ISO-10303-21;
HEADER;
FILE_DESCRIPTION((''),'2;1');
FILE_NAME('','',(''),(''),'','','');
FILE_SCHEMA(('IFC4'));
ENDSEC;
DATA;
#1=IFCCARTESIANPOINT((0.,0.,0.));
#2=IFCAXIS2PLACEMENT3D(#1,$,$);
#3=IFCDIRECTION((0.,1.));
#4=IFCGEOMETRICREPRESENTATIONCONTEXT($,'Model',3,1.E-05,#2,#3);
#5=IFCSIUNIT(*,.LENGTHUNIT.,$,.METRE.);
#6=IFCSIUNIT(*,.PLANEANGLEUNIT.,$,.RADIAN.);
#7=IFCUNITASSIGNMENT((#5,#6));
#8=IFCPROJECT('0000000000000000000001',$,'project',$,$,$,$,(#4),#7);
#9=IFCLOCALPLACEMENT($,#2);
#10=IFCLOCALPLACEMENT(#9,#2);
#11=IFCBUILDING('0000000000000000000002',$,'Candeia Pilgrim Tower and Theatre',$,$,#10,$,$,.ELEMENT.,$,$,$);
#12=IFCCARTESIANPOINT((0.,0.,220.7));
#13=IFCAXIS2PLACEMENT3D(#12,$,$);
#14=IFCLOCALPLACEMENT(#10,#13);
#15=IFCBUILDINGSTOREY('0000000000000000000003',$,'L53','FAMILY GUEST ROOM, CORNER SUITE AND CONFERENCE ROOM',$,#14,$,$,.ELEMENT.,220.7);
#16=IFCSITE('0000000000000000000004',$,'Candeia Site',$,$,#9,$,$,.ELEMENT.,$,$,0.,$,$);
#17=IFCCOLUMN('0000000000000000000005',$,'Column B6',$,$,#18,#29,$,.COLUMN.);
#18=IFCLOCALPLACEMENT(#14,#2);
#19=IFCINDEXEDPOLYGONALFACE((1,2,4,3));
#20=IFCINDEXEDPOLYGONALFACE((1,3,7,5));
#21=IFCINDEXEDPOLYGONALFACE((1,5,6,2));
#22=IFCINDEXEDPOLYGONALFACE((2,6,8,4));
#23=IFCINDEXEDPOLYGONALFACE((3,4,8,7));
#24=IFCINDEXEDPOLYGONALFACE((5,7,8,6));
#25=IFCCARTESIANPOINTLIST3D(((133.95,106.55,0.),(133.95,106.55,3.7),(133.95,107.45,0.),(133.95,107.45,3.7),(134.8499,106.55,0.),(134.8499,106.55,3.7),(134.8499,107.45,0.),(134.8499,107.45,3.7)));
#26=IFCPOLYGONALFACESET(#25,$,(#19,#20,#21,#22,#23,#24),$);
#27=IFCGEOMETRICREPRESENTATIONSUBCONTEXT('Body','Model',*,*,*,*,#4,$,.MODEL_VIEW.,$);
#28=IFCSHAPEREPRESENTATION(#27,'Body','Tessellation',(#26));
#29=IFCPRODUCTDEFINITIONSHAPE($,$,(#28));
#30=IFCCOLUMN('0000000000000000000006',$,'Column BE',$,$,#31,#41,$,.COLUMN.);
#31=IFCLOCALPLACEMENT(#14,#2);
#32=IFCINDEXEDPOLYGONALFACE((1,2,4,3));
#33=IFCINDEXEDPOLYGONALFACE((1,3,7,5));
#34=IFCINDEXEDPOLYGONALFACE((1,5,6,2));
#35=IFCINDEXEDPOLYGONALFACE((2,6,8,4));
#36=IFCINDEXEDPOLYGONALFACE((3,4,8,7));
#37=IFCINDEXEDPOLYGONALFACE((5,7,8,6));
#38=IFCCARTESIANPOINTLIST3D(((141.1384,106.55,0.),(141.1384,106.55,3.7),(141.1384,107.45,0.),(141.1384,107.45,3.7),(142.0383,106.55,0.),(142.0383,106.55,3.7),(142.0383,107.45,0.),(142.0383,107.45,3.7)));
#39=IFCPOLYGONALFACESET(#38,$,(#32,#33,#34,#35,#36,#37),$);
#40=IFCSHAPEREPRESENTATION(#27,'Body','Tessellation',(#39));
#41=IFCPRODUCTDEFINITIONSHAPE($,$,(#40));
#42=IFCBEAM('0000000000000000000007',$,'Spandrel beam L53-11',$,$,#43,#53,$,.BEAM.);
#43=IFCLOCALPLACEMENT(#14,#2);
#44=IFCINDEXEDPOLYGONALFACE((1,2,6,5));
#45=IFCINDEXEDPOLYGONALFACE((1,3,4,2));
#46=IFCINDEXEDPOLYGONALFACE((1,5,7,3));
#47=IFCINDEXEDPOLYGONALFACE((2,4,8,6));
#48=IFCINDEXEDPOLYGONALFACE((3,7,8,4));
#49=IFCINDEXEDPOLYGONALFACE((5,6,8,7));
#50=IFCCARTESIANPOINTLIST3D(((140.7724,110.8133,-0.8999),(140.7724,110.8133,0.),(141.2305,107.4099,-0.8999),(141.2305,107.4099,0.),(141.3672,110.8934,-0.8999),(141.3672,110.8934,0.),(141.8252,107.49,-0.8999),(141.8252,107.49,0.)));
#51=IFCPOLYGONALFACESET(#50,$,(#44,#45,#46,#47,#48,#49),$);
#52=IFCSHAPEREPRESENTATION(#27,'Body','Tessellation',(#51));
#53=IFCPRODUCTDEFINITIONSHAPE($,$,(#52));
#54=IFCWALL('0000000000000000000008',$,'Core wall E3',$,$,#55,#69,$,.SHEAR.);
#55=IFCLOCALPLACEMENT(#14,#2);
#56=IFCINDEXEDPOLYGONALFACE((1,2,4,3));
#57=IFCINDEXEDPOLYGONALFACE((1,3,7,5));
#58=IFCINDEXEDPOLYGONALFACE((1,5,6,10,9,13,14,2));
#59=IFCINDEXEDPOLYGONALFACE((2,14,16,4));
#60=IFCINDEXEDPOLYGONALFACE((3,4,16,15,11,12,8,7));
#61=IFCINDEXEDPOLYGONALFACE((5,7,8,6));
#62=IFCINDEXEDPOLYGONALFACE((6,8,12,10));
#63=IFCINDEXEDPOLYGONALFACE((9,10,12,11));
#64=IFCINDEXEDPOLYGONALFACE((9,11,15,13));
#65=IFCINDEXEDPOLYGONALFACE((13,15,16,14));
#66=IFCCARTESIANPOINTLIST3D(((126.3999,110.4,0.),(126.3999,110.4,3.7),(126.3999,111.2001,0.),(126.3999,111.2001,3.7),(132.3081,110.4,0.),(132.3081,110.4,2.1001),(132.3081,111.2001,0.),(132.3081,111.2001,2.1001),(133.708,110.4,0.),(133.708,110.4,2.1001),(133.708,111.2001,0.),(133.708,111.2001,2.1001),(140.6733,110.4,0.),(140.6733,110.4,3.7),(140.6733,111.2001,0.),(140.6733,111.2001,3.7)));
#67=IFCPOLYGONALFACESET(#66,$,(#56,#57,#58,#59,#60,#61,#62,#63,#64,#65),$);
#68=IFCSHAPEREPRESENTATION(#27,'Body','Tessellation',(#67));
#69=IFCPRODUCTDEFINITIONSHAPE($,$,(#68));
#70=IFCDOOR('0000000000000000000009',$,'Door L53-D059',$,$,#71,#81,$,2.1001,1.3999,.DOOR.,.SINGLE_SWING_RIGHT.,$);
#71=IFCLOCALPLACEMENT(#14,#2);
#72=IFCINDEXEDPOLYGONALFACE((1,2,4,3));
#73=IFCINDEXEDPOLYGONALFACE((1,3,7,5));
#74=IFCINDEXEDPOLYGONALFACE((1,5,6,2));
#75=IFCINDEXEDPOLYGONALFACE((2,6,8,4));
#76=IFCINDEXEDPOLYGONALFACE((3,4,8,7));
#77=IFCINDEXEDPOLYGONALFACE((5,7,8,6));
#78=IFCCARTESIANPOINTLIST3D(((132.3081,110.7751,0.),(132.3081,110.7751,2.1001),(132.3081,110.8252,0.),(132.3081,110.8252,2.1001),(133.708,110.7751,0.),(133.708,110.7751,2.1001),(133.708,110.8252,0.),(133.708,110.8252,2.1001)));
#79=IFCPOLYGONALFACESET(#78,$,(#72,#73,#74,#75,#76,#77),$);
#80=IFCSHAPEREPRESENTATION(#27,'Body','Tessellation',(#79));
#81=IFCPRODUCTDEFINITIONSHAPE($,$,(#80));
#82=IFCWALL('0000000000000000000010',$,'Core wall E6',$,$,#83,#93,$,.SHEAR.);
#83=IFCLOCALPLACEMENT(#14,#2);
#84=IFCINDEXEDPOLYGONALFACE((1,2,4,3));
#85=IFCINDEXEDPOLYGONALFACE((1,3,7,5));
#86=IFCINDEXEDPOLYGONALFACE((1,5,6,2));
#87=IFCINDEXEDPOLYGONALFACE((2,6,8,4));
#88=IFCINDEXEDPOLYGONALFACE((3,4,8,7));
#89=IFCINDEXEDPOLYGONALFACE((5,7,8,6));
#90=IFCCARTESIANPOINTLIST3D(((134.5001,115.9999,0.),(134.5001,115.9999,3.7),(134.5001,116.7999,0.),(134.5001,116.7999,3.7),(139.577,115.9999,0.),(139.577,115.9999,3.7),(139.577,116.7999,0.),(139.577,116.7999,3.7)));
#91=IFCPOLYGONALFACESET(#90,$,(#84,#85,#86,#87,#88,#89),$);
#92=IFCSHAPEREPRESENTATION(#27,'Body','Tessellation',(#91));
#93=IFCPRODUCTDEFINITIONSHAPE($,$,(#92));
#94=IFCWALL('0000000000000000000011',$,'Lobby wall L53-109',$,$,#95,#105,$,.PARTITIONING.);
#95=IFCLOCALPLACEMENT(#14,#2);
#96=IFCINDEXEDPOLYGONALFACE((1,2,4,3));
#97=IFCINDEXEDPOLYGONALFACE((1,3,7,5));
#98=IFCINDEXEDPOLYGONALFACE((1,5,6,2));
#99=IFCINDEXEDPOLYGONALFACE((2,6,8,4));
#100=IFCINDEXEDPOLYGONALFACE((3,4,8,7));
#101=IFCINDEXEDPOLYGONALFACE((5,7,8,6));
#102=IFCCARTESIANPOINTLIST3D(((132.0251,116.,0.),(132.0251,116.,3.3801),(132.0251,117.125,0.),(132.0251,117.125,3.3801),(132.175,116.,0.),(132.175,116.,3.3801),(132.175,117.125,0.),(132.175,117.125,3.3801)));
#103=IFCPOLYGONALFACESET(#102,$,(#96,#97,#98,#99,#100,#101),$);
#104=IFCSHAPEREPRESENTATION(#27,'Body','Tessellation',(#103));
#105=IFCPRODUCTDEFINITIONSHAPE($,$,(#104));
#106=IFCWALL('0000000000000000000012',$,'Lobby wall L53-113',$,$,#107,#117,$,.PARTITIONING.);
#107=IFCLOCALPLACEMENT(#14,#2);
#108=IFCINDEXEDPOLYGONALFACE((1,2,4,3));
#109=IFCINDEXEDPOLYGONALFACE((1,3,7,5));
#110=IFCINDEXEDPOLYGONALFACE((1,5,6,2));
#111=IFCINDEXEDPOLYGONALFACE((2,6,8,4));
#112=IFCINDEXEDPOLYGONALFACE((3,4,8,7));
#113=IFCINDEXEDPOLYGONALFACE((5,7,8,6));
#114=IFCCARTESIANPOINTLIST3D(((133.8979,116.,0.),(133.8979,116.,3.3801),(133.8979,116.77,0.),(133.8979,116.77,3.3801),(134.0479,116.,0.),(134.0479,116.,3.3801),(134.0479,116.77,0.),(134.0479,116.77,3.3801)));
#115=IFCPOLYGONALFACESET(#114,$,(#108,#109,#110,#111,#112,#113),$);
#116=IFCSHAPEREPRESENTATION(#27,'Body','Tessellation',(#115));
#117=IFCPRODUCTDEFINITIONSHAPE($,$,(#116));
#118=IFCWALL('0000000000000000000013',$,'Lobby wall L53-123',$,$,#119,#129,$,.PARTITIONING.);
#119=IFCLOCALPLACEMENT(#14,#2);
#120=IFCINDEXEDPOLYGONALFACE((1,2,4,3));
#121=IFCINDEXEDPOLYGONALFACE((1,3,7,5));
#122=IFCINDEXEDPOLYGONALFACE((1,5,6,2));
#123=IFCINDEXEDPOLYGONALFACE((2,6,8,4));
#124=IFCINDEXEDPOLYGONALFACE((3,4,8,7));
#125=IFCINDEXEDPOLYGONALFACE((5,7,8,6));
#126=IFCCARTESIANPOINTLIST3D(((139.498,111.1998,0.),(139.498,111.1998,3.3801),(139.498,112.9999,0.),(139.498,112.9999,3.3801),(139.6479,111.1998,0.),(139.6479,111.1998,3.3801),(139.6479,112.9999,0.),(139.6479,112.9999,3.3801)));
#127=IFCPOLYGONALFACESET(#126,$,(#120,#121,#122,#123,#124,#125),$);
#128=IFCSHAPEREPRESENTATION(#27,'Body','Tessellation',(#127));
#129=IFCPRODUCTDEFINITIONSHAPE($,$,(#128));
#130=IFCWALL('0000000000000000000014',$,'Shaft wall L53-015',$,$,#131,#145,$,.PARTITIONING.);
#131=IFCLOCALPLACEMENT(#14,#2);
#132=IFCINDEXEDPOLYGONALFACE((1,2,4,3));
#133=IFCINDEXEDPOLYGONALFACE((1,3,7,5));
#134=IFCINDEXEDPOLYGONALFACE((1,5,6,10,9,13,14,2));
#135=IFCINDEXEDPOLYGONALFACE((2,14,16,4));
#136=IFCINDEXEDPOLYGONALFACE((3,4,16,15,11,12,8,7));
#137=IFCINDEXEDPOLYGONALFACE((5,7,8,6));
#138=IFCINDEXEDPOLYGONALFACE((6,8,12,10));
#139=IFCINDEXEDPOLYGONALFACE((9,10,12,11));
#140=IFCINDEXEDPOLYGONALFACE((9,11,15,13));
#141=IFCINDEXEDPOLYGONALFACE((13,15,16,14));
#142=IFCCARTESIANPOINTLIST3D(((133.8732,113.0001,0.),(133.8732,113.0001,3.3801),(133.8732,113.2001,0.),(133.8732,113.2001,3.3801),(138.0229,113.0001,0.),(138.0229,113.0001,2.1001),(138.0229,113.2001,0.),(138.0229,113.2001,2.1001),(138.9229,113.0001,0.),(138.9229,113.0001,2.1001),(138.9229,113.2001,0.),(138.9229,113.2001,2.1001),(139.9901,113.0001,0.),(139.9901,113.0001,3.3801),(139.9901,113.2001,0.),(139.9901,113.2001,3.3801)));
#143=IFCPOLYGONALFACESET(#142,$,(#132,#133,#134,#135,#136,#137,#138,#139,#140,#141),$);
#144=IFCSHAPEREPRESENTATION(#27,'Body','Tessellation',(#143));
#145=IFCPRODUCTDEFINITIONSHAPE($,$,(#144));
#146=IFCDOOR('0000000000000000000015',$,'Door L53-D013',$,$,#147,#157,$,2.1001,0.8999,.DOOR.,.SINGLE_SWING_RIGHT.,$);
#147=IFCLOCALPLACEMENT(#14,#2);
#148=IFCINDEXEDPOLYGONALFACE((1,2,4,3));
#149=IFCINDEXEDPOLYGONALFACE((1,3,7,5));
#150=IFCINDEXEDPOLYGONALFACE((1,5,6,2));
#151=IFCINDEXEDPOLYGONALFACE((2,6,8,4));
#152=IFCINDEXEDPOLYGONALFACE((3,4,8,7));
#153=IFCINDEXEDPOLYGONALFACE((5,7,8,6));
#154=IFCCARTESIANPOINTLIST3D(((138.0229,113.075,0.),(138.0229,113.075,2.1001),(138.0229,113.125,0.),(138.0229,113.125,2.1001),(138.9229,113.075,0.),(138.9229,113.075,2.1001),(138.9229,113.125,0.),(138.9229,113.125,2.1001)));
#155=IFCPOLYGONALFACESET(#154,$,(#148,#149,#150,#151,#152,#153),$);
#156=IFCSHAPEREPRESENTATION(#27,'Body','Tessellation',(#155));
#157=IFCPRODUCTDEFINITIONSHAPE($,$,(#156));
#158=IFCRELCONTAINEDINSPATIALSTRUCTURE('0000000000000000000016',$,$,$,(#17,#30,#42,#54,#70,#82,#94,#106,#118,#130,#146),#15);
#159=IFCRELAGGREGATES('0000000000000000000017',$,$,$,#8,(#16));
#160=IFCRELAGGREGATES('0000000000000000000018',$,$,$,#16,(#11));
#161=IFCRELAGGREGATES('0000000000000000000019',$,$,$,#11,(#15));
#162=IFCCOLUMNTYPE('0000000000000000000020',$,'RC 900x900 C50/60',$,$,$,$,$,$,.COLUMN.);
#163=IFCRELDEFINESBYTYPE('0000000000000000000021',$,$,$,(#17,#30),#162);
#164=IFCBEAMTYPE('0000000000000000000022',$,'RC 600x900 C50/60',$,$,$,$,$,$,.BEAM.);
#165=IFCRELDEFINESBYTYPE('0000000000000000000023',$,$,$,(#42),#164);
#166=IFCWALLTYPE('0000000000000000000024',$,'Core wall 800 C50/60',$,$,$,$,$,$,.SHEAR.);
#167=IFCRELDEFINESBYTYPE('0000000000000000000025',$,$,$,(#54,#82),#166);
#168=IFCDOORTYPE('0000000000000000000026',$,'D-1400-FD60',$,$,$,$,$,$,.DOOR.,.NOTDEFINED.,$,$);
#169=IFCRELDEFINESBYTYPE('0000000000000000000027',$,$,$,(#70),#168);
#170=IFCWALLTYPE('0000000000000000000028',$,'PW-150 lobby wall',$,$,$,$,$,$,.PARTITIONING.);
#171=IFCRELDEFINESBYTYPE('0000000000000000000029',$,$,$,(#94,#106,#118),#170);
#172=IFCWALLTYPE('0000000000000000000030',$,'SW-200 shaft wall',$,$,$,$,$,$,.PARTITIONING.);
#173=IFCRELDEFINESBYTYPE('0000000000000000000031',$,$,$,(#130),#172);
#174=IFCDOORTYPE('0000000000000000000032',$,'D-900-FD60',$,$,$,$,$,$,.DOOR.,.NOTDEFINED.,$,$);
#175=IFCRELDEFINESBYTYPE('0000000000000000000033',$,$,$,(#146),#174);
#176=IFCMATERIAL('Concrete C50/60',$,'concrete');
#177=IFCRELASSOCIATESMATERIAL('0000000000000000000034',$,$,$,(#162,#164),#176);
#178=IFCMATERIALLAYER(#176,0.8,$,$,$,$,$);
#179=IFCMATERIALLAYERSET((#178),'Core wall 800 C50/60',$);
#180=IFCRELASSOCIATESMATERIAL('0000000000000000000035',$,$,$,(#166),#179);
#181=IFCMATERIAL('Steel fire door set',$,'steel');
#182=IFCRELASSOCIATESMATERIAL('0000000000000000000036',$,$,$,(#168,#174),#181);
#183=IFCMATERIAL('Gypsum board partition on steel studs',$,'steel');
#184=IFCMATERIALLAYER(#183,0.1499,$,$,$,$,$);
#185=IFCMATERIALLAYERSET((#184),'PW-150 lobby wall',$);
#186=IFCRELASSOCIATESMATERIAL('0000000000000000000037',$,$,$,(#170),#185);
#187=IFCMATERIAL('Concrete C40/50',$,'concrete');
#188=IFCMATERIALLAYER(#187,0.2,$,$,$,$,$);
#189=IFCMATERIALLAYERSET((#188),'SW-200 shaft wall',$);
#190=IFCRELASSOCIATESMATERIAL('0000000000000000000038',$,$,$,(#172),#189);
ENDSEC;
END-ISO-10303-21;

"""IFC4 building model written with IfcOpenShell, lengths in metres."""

from ifc_helpers import new_model, si_unit, direction, frame, frame_2d, origin, origin_2d, place, context, subcontext, project, spatial, rectangle, extrude, material, layer, layer_set, material_profile, profile_set, type_object, element, fill, save


model = new_model("IFC4")

# Units and contexts
model_context = context("Model", 3, precision=1e-05, world=origin(), true_north=direction((0.0, 1.0)))
body_context = subcontext(model_context, "Body", "Model", "MODEL_VIEW")
ifc_project = project(units=[si_unit("LENGTHUNIT", "METRE"), si_unit("PLANEANGLEUNIT", "RADIAN")], contexts=[model_context])

# Site, building, storey
site_placement = place(None, origin())
site = spatial("IfcSite", under=ifc_project, at=site_placement, Name="Candeia Site", CompositionType="ELEMENT", RefElevation=0.0)
building_placement = place(site_placement, origin())
building = spatial("IfcBuilding", under=site, at=building_placement, Name="Candeia Pilgrim Tower and Theatre", CompositionType="ELEMENT")
storey_placement = place(building_placement, frame((0.0, 0.0, 220.7)))
storey = spatial("IfcBuildingStorey", under=building, at=storey_placement, Name="L53", Description="FAMILY GUEST ROOM, CORNER SUITE AND CONFERENCE ROOM", CompositionType="ELEMENT", Elevation=220.7)

# Columns
ifc_material_1 = material(Name="Concrete C50/60", Category="concrete")
ifc_material_profile_1 = material_profile(ifc_material_1, rectangle(XDim=0.8999, YDim=0.8999, at=origin_2d()))
ifc_profile_set_1 = profile_set([ifc_material_profile_1], Name="Concrete C50/60")
column_type = type_object("IfcColumnType", Name="RC 900x900 C50/60", PredefinedType="COLUMN", material=ifc_profile_set_1)
for number, where, z_axis, x_axis, name in (
    (1, (134.3999, 107.0, 0.0), (0.0, 0.0, 1.0), (1.0, 0.0, 0.0), "Column B6"),
    (2, (141.5884, 107.0, 0.0), (0.0, 0.0, 1.0), (1.0, 0.0, 0.0), "Column BE"),
):
    element("IfcColumn", number, at=place(storey_placement, frame(where, z_axis=z_axis, x_axis=x_axis)), inside=storey, type_object=column_type, Name=name, PredefinedType="COLUMN", context=body_context, shape_type="SweptSolid", body=[
        extrude(rectangle(XDim=0.8999, YDim=0.8999, at=origin_2d()), origin(), (0.0, 0.0, 1.0), 3.7),
    ])

# Beam
ifc_material_profile_2 = material_profile(ifc_material_1, rectangle(XDim=0.6001, YDim=0.8999, at=origin_2d()))
ifc_profile_set_2 = profile_set([ifc_material_profile_2], Name="Concrete C50/60")
beam_type = type_object("IfcBeamType", Name="RC 600x900 C50/60", PredefinedType="BEAM", material=ifc_profile_set_2)
beam_placement = place(storey_placement, frame((141.5278, 107.45, -0.45), z_axis=(-0.133374, 0.991066, 0.0), x_axis=(-0.991066, -0.133374, 0.0)))
element("IfcBeam", 3, at=beam_placement, inside=storey, type_object=beam_type, Name="Spandrel beam L53-11", PredefinedType="BEAM", context=body_context, shape_type="SweptSolid", body=[
    extrude(rectangle(XDim=0.6001, YDim=0.8999, at=origin_2d()), origin(), (0.0, 0.0, 1.0), 3.4341),
])

# Wall, opening, door
ifc_layer_1 = layer(ifc_material_1, 0.8)
ifc_layer_set_1 = layer_set([ifc_layer_1], Name="Core wall 800 C50/60")
wall_type_1 = type_object("IfcWallType", Name="Core wall 800 C50/60", PredefinedType="SHEAR", material=ifc_layer_set_1)
wall_1_placement = place(storey_placement, frame((140.6733, 110.8, 0.0), z_axis=(0.0, 0.0, 1.0), x_axis=(-1.0, 0.0, 0.0)))
wall_1 = element("IfcWall", 4, at=wall_1_placement, inside=storey, type_object=wall_type_1, Name="Core wall E3", PredefinedType="SHEAR", context=body_context, shape_type="SweptSolid", body=[
    extrude(rectangle(XDim=14.2734, YDim=0.8, at=frame_2d((7.1367, 0.0))), origin(), (0.0, 0.0, 1.0), 3.7),
])
opening_1_placement = place(wall_1_placement, frame((6.9653, 0.0, 0.0)))
opening_1 = element("IfcOpeningElement", 5, at=opening_1_placement, cuts=wall_1, PredefinedType="OPENING", context=body_context, shape_type="SweptSolid", body=[
    extrude(rectangle(XDim=1.3999, YDim=2.1001, at=frame_2d((0.7, 1.05))), frame((0.0, 0.4102, 0.0), z_axis=(0.0, -1.0, 0.0), x_axis=(1.0, 0.0, 0.0)), (0.0, 0.0, 1.0), 0.8201),
])
ifc_material_2 = material(Name="Steel fire door set", Category="steel")
door_type_1 = type_object("IfcDoorType", Name="D-1400-FD60", OperationType="NOTDEFINED", PredefinedType="DOOR", material=ifc_material_2)
door_1_placement = place(opening_1_placement, origin())
door_1 = element("IfcDoor", 6, at=door_1_placement, inside=storey, type_object=door_type_1, Name="Door L53-D059", OperationType="SINGLE_SWING_RIGHT", OverallHeight=2.1001, OverallWidth=1.3999, PredefinedType="DOOR", context=body_context, shape_type="SweptSolid", body=[
    extrude(rectangle(XDim=1.3999, YDim=2.1001, at=frame_2d((0.7, 1.05))), frame((0.0, 0.0249, 0.0), z_axis=(0.0, -1.0, 0.0), x_axis=(1.0, 0.0, 0.0)), (0.0, 0.0, 1.0), 0.05),
])
fill(opening_1, door_1)

# Walls
wall_2_placement = place(storey_placement, frame((134.5, 116.3999, 0.0), z_axis=(0.0, 0.0, 1.0), x_axis=(1.0, 0.0, 0.0)))
element("IfcWall", 7, at=wall_2_placement, inside=storey, type_object=wall_type_1, Name="Core wall E6", PredefinedType="SHEAR", context=body_context, shape_type="SweptSolid", body=[
    extrude(rectangle(XDim=5.0769, YDim=0.8, at=frame_2d((2.5386, 0.0))), origin(), (0.0, 0.0, 1.0), 3.7),
])
ifc_material_3 = material(Name="Gypsum board partition on steel studs", Category="steel")
ifc_layer_2 = layer(ifc_material_3, 0.1499)
ifc_layer_set_2 = layer_set([ifc_layer_2], Name="PW-150 lobby wall")
wall_type_2 = type_object("IfcWallType", Name="PW-150 lobby wall", PredefinedType="PARTITIONING", material=ifc_layer_set_2)
wall_3_placement = place(storey_placement, frame((132.1001, 116.0, 0.0), z_axis=(0.0, 0.0, 1.0), x_axis=(0.0, 1.0, 0.0)))
element("IfcWall", 8, at=wall_3_placement, inside=storey, type_object=wall_type_2, Name="Lobby wall L53-109", PredefinedType="PARTITIONING", context=body_context, shape_type="SweptSolid", body=[
    extrude(rectangle(XDim=1.125, YDim=0.1499, at=frame_2d((0.5625, 0.0))), origin(), (0.0, 0.0, 1.0), 3.3801),
])
wall_4_placement = place(storey_placement, frame((133.9729, 116.0, 0.0), z_axis=(0.0, 0.0, 1.0), x_axis=(0.0, 1.0, 0.0)))
element("IfcWall", 9, at=wall_4_placement, inside=storey, type_object=wall_type_2, Name="Lobby wall L53-113", PredefinedType="PARTITIONING", context=body_context, shape_type="SweptSolid", body=[
    extrude(rectangle(XDim=0.77, YDim=0.1499, at=frame_2d((0.385, 0.0))), origin(), (0.0, 0.0, 1.0), 3.3801),
])
wall_5_placement = place(storey_placement, frame((139.573, 111.2, 0.0), z_axis=(0.0, 0.0, 1.0), x_axis=(0.0, 1.0, 0.0)))
element("IfcWall", 10, at=wall_5_placement, inside=storey, type_object=wall_type_2, Name="Lobby wall L53-123", PredefinedType="PARTITIONING", context=body_context, shape_type="SweptSolid", body=[
    extrude(rectangle(XDim=1.8, YDim=0.1499, at=frame_2d((0.8999, 0.0))), origin(), (0.0, 0.0, 1.0), 3.3801),
])

# Wall, opening, door
ifc_material_4 = material(Name="Concrete C40/50", Category="concrete")
ifc_layer_3 = layer(ifc_material_4, 0.2)
ifc_layer_set_3 = layer_set([ifc_layer_3], Name="SW-200 shaft wall")
wall_type_3 = type_object("IfcWallType", Name="SW-200 shaft wall", PredefinedType="PARTITIONING", material=ifc_layer_set_3)
wall_6_placement = place(storey_placement, frame((133.873, 113.1001, 0.0), z_axis=(0.0, 0.0, 1.0), x_axis=(1.0, 0.0, 0.0)))
wall_6 = element("IfcWall", 11, at=wall_6_placement, inside=storey, type_object=wall_type_3, Name="Shaft wall L53-015", PredefinedType="PARTITIONING", context=body_context, shape_type="SweptSolid", body=[
    extrude(rectangle(XDim=6.1169, YDim=0.2, at=frame_2d((3.0586, 0.0))), origin(), (0.0, 0.0, 1.0), 3.3801),
])
opening_2_placement = place(wall_6_placement, frame((4.1499, 0.0, 0.0)))
opening_2 = element("IfcOpeningElement", 12, at=opening_2_placement, cuts=wall_6, PredefinedType="OPENING", context=body_context, shape_type="SweptSolid", body=[
    extrude(rectangle(XDim=0.8999, YDim=2.1001, at=frame_2d((0.45, 1.05))), frame((0.0, 0.1099, 0.0), z_axis=(0.0, -1.0, 0.0), x_axis=(1.0, 0.0, 0.0)), (0.0, 0.0, 1.0), 0.22),
])
door_type_2 = type_object("IfcDoorType", Name="D-900-FD60", OperationType="NOTDEFINED", PredefinedType="DOOR", material=ifc_material_2)
door_2_placement = place(opening_2_placement, origin())
door_2 = element("IfcDoor", 13, at=door_2_placement, inside=storey, type_object=door_type_2, Name="Door L53-D013", OperationType="SINGLE_SWING_RIGHT", OverallHeight=2.1001, OverallWidth=0.8999, PredefinedType="DOOR", context=body_context, shape_type="SweptSolid", body=[
    extrude(rectangle(XDim=0.8999, YDim=2.1001, at=frame_2d((0.45, 1.05))), frame((0.0, 0.0249, 0.0), z_axis=(0.0, -1.0, 0.0), x_axis=(1.0, 0.0, 0.0)), (0.0, 0.0, 1.0), 0.05),
])
fill(opening_2, door_2)

save(model, "model.ifc")
